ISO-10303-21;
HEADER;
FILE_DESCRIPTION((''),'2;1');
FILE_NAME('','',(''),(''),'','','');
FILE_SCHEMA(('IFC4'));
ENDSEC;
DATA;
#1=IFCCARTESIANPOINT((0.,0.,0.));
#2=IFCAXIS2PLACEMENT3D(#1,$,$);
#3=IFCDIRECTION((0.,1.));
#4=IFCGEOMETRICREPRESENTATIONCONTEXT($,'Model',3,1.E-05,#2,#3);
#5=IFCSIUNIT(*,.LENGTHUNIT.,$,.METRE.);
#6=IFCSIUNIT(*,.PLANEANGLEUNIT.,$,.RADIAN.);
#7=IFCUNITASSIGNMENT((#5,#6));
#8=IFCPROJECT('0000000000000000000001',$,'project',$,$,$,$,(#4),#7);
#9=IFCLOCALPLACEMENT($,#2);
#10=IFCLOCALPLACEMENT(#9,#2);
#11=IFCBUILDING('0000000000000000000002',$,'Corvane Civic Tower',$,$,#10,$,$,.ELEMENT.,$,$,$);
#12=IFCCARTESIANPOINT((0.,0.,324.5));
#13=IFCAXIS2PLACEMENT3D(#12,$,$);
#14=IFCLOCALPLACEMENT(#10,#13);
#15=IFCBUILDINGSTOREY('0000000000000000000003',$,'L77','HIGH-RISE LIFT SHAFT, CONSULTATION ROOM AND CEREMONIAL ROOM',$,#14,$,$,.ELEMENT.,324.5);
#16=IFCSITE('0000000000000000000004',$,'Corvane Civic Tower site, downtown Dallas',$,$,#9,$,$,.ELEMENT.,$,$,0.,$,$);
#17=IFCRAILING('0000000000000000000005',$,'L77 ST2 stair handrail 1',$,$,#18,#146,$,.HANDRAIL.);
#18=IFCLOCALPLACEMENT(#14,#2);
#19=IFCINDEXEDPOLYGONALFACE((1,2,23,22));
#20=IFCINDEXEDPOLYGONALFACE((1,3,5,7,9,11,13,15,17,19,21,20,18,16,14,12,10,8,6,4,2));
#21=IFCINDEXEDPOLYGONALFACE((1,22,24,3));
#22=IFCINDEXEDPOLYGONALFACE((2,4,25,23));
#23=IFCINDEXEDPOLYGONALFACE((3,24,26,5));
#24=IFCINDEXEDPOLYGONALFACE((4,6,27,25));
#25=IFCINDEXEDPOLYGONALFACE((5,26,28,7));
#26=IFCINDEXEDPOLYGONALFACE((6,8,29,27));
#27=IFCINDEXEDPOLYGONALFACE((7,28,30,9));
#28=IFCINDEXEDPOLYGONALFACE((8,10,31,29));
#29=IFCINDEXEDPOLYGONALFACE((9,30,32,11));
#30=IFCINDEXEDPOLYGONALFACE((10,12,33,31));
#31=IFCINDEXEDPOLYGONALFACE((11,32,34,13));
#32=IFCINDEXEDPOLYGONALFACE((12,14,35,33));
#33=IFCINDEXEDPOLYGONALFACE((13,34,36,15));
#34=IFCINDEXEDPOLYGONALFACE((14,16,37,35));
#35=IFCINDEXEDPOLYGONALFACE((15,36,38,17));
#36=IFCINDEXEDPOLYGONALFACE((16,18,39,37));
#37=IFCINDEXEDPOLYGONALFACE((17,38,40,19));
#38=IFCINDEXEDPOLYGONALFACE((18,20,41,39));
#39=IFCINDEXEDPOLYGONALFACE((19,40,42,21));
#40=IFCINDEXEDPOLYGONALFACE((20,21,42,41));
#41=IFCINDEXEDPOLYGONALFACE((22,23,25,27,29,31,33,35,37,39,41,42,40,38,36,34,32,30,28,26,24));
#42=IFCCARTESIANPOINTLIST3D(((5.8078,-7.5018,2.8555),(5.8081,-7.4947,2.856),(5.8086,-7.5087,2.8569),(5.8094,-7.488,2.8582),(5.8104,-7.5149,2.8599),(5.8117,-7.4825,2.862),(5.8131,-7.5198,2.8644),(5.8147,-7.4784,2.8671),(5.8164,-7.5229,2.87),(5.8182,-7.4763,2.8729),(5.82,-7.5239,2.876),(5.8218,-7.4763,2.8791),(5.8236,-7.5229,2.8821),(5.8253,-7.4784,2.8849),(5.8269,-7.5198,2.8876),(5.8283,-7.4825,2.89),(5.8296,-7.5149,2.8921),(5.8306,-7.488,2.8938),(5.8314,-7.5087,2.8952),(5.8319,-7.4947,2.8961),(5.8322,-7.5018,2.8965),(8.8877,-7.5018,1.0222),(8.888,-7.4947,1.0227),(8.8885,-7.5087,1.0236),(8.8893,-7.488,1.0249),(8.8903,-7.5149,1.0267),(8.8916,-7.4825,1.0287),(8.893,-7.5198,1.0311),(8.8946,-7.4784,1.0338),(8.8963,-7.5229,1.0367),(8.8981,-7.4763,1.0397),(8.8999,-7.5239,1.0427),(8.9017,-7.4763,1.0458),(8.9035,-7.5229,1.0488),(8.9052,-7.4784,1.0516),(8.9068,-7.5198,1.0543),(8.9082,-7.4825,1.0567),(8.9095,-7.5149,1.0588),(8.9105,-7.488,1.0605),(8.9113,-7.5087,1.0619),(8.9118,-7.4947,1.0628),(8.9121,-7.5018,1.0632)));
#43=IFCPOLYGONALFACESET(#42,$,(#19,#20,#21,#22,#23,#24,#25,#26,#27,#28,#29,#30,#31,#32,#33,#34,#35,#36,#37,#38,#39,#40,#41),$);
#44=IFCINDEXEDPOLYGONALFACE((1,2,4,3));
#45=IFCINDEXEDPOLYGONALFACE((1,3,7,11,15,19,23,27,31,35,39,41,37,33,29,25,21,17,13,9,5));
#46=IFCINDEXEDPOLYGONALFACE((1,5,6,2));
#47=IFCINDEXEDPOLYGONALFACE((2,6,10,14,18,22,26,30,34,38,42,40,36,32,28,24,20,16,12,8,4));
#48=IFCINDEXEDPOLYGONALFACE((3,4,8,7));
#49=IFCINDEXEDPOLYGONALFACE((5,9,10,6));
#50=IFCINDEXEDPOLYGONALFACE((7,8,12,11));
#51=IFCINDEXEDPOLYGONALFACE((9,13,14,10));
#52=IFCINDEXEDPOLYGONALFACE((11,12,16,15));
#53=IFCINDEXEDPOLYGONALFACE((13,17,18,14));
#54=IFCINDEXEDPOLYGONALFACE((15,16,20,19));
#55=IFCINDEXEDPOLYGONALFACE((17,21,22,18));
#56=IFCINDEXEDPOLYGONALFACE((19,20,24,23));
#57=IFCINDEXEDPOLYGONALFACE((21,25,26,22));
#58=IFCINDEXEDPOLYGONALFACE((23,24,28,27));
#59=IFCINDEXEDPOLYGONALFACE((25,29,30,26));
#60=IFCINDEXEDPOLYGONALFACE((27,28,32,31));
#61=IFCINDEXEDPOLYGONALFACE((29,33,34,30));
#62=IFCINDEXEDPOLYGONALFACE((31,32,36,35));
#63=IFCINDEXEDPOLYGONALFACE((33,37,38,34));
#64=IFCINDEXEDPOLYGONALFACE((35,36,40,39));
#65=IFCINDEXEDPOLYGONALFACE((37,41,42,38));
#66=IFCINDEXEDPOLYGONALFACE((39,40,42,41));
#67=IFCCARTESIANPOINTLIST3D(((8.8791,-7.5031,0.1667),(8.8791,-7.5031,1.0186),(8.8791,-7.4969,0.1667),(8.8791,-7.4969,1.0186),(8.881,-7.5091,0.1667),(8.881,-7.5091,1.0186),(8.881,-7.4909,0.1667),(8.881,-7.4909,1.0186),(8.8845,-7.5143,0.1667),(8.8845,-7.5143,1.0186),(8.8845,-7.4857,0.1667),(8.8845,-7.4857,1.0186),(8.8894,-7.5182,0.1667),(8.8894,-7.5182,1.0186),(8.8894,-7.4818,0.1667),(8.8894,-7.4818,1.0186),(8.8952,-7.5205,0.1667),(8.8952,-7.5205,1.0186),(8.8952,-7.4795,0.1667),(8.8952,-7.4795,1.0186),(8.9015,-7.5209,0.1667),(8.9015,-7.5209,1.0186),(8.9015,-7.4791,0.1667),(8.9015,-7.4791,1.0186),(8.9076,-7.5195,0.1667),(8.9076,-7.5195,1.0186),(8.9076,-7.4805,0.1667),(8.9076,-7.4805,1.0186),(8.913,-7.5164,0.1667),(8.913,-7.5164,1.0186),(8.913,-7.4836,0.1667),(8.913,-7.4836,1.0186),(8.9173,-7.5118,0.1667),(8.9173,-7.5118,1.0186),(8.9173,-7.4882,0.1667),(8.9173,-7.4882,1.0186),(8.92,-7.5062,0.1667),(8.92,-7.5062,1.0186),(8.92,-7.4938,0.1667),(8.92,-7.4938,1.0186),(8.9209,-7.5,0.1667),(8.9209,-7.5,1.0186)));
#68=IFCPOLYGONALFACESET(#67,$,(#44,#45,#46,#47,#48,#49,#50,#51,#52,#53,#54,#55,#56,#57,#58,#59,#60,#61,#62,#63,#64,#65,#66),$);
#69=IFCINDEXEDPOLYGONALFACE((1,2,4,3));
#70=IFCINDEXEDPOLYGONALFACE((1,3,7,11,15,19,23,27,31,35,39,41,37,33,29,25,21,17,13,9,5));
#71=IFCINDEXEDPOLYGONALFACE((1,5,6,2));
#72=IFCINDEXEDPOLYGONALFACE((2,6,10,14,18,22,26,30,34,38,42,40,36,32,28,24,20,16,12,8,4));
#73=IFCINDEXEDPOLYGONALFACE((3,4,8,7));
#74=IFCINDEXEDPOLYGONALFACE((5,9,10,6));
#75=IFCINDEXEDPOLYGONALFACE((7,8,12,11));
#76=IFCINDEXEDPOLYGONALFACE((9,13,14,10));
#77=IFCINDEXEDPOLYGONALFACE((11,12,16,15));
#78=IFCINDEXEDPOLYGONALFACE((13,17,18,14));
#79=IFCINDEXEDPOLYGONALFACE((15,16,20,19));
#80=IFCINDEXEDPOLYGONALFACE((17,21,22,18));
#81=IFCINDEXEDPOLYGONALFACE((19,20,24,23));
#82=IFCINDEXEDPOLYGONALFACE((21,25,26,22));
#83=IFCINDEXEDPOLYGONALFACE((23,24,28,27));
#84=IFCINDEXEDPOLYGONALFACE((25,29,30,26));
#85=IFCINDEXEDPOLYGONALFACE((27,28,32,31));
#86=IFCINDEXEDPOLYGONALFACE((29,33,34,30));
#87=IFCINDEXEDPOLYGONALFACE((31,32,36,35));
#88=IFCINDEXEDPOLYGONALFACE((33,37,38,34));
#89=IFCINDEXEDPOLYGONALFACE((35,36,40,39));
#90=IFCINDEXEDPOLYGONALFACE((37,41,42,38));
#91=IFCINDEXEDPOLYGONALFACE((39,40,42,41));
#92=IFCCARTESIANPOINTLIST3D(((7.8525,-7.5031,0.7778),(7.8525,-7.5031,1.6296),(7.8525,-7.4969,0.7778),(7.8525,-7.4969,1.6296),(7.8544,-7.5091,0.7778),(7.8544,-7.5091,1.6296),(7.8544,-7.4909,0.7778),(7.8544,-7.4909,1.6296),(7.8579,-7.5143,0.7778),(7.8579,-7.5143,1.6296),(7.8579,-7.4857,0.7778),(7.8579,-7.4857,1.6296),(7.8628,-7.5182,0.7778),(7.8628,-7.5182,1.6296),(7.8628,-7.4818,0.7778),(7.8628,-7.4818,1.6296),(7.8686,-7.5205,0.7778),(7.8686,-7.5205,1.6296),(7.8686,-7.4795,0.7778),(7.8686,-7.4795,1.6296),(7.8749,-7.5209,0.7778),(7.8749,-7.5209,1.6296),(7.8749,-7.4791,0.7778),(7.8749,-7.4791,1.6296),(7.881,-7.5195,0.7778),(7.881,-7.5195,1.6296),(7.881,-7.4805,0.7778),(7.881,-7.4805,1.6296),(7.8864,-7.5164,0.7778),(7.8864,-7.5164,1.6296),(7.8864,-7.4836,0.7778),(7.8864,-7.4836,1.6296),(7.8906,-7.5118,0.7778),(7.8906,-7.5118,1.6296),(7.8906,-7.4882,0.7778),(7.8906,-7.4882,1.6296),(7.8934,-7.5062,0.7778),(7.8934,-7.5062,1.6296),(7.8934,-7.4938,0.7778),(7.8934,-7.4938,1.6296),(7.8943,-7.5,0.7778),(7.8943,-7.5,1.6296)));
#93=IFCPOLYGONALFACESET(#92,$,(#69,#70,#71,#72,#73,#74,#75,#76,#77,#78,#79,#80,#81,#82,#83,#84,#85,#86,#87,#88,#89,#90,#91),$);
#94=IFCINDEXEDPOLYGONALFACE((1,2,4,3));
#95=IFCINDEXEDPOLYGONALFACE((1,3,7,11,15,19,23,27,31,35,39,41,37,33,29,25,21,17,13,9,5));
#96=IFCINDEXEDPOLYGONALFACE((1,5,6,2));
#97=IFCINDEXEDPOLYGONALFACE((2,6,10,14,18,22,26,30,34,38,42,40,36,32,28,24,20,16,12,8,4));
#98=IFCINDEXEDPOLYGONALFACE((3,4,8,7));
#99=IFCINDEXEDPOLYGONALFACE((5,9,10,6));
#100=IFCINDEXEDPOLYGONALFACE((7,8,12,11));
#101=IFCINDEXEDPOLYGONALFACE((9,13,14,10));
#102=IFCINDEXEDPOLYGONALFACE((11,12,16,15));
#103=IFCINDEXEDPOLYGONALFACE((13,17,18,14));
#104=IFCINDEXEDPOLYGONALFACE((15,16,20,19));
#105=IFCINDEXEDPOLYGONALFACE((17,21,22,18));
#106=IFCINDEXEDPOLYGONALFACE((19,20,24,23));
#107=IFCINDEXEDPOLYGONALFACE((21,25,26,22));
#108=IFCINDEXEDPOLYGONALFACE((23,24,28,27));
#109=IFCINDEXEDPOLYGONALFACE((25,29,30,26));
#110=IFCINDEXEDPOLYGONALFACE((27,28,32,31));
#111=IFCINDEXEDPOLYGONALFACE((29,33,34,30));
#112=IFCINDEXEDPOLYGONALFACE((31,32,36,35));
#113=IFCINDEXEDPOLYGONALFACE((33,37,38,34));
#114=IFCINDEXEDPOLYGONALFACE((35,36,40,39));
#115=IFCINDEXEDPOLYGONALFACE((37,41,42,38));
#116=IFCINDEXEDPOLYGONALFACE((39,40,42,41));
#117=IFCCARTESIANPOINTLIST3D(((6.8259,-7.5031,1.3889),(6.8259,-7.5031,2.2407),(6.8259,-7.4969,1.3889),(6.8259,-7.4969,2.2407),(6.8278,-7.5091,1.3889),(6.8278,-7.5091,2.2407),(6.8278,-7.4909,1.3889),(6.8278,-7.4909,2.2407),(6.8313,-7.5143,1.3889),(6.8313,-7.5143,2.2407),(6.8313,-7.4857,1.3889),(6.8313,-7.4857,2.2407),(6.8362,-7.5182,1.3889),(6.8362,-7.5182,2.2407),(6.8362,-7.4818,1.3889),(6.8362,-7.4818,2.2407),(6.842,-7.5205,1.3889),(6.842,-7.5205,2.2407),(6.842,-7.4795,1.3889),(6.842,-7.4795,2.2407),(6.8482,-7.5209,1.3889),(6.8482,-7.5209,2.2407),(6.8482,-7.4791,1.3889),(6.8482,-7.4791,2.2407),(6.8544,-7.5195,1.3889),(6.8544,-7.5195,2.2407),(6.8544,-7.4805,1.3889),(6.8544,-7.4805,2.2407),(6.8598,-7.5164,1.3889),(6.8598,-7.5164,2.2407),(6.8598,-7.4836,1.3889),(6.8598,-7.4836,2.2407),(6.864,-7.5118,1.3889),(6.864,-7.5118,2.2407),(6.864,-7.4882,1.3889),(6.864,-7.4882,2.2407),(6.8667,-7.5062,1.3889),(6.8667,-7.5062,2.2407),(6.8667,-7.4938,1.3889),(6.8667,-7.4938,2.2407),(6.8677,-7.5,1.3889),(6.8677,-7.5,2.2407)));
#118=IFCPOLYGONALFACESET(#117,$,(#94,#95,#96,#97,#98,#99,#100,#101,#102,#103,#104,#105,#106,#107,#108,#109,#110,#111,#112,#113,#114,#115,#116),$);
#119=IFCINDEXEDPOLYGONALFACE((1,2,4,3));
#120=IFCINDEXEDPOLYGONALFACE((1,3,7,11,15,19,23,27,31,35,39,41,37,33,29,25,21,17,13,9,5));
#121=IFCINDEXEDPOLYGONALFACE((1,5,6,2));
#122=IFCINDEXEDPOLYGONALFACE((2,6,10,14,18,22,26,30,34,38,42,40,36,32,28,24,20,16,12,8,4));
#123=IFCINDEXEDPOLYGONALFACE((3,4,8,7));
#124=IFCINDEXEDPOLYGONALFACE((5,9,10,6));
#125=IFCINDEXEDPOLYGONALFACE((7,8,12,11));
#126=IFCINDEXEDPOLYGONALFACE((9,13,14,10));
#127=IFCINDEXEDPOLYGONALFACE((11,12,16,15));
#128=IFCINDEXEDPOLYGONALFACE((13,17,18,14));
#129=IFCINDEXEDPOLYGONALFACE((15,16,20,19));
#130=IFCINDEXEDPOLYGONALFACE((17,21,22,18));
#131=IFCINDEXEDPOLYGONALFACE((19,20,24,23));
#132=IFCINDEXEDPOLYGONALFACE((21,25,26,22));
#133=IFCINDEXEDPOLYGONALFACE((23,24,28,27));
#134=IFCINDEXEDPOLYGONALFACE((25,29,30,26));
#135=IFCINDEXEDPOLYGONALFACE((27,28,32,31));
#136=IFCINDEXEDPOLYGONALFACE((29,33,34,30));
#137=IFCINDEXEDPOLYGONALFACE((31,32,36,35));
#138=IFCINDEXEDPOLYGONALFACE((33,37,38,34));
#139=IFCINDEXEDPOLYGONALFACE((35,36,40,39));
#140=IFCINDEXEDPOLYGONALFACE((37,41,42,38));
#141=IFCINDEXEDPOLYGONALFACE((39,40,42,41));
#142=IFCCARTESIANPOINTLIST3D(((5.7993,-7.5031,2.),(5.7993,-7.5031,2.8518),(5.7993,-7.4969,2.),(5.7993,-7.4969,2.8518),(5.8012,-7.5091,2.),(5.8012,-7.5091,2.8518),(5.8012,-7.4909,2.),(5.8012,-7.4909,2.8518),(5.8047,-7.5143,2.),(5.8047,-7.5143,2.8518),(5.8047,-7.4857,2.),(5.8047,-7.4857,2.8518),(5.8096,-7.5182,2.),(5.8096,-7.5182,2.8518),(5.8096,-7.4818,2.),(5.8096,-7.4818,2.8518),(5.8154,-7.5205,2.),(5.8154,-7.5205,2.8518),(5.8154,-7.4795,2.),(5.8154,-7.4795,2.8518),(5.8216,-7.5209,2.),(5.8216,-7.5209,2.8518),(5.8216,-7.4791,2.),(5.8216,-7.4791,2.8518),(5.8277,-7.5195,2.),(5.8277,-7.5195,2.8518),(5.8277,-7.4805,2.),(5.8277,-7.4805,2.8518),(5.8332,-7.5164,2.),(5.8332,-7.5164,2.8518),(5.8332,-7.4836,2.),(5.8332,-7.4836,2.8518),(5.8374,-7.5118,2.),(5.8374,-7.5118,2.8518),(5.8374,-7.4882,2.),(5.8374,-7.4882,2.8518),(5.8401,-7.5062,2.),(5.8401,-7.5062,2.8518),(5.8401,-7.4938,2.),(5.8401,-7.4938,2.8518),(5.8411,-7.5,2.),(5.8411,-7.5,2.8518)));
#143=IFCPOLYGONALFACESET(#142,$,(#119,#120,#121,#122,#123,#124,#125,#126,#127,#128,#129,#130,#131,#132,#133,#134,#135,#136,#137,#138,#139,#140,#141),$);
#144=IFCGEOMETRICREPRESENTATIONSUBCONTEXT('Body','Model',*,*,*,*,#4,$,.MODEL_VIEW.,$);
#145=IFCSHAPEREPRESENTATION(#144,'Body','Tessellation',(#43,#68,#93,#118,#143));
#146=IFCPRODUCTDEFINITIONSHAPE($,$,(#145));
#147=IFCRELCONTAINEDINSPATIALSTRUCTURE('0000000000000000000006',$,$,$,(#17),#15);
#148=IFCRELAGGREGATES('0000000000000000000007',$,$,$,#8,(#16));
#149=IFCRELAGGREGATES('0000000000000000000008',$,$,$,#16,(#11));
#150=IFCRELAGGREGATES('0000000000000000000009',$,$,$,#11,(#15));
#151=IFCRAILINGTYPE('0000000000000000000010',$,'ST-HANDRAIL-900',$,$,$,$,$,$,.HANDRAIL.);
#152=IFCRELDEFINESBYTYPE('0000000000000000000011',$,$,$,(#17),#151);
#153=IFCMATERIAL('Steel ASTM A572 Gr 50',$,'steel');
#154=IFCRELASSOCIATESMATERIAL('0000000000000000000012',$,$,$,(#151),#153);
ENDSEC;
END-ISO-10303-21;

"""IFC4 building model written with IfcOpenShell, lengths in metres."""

from ifc_helpers import new_model, si_unit, direction, frame, origin, origin_2d, place, context, subcontext, project, spatial, circle, extrude, material, type_object, element, save


model = new_model("IFC4")

# Units and contexts
model_context = context("Model", 3, precision=1e-05, world=origin(), true_north=direction((0.0, 1.0)))
body_context = subcontext(model_context, "Body", "Model", "MODEL_VIEW")
ifc_project = project(units=[si_unit("LENGTHUNIT", "METRE"), si_unit("PLANEANGLEUNIT", "RADIAN")], contexts=[model_context])

# Site, building, storey
site_placement = place(None, origin())
site = spatial("IfcSite", under=ifc_project, at=site_placement, Name="Corvane Civic Tower site, downtown Dallas", CompositionType="ELEMENT", RefElevation=0.0)
building_placement = place(site_placement, origin())
building = spatial("IfcBuilding", under=site, at=building_placement, Name="Corvane Civic Tower", CompositionType="ELEMENT")
storey_placement = place(building_placement, frame((0.0, 0.0, 324.5)))
storey = spatial("IfcBuildingStorey", under=building, at=storey_placement, Name="L77", Description="HIGH-RISE LIFT SHAFT, CONSULTATION ROOM AND CEREMONIAL ROOM", CompositionType="ELEMENT", Elevation=324.5)

# Railing
ifc_material_1 = material(Name="Steel ASTM A572 Gr 50", Category="steel")
railing_type = type_object("IfcRailingType", Name="ST-HANDRAIL-900", PredefinedType="HANDRAIL", material=ifc_material_1)
railing_placement = place(storey_placement, frame((8.8999, -7.5, 0.1667)))
element("IfcRailing", 1, at=railing_placement, inside=storey, type_object=railing_type, Name="L77 ST2 stair handrail 1", PredefinedType="HANDRAIL", context=body_context, shape_type="SweptSolid", body=[
    extrude(circle(Radius=0.0239, at=origin_2d()), frame((0.0, 0.0, 0.876), z_axis=(-0.859291, 0.0, 0.511487), x_axis=(0.0, -1.0, 0.0)), (0.0, 0.0, 1.0), 3.5842),
    extrude(circle(Radius=0.021, at=origin_2d()), origin(), (0.0, 0.0, 1.0), 0.8518),
    extrude(circle(Radius=0.021, at=origin_2d()), frame((-1.0266, 0.0, 0.6111)), (0.0, 0.0, 1.0), 0.8518),
    extrude(circle(Radius=0.021, at=origin_2d()), frame((-2.0532, 0.0, 1.2222)), (0.0, 0.0, 1.0), 0.8518),
    extrude(circle(Radius=0.021, at=origin_2d()), frame((-3.0798, 0.0, 1.8333)), (0.0, 0.0, 1.0), 0.8518),
])

save(model, "model.ifc")
